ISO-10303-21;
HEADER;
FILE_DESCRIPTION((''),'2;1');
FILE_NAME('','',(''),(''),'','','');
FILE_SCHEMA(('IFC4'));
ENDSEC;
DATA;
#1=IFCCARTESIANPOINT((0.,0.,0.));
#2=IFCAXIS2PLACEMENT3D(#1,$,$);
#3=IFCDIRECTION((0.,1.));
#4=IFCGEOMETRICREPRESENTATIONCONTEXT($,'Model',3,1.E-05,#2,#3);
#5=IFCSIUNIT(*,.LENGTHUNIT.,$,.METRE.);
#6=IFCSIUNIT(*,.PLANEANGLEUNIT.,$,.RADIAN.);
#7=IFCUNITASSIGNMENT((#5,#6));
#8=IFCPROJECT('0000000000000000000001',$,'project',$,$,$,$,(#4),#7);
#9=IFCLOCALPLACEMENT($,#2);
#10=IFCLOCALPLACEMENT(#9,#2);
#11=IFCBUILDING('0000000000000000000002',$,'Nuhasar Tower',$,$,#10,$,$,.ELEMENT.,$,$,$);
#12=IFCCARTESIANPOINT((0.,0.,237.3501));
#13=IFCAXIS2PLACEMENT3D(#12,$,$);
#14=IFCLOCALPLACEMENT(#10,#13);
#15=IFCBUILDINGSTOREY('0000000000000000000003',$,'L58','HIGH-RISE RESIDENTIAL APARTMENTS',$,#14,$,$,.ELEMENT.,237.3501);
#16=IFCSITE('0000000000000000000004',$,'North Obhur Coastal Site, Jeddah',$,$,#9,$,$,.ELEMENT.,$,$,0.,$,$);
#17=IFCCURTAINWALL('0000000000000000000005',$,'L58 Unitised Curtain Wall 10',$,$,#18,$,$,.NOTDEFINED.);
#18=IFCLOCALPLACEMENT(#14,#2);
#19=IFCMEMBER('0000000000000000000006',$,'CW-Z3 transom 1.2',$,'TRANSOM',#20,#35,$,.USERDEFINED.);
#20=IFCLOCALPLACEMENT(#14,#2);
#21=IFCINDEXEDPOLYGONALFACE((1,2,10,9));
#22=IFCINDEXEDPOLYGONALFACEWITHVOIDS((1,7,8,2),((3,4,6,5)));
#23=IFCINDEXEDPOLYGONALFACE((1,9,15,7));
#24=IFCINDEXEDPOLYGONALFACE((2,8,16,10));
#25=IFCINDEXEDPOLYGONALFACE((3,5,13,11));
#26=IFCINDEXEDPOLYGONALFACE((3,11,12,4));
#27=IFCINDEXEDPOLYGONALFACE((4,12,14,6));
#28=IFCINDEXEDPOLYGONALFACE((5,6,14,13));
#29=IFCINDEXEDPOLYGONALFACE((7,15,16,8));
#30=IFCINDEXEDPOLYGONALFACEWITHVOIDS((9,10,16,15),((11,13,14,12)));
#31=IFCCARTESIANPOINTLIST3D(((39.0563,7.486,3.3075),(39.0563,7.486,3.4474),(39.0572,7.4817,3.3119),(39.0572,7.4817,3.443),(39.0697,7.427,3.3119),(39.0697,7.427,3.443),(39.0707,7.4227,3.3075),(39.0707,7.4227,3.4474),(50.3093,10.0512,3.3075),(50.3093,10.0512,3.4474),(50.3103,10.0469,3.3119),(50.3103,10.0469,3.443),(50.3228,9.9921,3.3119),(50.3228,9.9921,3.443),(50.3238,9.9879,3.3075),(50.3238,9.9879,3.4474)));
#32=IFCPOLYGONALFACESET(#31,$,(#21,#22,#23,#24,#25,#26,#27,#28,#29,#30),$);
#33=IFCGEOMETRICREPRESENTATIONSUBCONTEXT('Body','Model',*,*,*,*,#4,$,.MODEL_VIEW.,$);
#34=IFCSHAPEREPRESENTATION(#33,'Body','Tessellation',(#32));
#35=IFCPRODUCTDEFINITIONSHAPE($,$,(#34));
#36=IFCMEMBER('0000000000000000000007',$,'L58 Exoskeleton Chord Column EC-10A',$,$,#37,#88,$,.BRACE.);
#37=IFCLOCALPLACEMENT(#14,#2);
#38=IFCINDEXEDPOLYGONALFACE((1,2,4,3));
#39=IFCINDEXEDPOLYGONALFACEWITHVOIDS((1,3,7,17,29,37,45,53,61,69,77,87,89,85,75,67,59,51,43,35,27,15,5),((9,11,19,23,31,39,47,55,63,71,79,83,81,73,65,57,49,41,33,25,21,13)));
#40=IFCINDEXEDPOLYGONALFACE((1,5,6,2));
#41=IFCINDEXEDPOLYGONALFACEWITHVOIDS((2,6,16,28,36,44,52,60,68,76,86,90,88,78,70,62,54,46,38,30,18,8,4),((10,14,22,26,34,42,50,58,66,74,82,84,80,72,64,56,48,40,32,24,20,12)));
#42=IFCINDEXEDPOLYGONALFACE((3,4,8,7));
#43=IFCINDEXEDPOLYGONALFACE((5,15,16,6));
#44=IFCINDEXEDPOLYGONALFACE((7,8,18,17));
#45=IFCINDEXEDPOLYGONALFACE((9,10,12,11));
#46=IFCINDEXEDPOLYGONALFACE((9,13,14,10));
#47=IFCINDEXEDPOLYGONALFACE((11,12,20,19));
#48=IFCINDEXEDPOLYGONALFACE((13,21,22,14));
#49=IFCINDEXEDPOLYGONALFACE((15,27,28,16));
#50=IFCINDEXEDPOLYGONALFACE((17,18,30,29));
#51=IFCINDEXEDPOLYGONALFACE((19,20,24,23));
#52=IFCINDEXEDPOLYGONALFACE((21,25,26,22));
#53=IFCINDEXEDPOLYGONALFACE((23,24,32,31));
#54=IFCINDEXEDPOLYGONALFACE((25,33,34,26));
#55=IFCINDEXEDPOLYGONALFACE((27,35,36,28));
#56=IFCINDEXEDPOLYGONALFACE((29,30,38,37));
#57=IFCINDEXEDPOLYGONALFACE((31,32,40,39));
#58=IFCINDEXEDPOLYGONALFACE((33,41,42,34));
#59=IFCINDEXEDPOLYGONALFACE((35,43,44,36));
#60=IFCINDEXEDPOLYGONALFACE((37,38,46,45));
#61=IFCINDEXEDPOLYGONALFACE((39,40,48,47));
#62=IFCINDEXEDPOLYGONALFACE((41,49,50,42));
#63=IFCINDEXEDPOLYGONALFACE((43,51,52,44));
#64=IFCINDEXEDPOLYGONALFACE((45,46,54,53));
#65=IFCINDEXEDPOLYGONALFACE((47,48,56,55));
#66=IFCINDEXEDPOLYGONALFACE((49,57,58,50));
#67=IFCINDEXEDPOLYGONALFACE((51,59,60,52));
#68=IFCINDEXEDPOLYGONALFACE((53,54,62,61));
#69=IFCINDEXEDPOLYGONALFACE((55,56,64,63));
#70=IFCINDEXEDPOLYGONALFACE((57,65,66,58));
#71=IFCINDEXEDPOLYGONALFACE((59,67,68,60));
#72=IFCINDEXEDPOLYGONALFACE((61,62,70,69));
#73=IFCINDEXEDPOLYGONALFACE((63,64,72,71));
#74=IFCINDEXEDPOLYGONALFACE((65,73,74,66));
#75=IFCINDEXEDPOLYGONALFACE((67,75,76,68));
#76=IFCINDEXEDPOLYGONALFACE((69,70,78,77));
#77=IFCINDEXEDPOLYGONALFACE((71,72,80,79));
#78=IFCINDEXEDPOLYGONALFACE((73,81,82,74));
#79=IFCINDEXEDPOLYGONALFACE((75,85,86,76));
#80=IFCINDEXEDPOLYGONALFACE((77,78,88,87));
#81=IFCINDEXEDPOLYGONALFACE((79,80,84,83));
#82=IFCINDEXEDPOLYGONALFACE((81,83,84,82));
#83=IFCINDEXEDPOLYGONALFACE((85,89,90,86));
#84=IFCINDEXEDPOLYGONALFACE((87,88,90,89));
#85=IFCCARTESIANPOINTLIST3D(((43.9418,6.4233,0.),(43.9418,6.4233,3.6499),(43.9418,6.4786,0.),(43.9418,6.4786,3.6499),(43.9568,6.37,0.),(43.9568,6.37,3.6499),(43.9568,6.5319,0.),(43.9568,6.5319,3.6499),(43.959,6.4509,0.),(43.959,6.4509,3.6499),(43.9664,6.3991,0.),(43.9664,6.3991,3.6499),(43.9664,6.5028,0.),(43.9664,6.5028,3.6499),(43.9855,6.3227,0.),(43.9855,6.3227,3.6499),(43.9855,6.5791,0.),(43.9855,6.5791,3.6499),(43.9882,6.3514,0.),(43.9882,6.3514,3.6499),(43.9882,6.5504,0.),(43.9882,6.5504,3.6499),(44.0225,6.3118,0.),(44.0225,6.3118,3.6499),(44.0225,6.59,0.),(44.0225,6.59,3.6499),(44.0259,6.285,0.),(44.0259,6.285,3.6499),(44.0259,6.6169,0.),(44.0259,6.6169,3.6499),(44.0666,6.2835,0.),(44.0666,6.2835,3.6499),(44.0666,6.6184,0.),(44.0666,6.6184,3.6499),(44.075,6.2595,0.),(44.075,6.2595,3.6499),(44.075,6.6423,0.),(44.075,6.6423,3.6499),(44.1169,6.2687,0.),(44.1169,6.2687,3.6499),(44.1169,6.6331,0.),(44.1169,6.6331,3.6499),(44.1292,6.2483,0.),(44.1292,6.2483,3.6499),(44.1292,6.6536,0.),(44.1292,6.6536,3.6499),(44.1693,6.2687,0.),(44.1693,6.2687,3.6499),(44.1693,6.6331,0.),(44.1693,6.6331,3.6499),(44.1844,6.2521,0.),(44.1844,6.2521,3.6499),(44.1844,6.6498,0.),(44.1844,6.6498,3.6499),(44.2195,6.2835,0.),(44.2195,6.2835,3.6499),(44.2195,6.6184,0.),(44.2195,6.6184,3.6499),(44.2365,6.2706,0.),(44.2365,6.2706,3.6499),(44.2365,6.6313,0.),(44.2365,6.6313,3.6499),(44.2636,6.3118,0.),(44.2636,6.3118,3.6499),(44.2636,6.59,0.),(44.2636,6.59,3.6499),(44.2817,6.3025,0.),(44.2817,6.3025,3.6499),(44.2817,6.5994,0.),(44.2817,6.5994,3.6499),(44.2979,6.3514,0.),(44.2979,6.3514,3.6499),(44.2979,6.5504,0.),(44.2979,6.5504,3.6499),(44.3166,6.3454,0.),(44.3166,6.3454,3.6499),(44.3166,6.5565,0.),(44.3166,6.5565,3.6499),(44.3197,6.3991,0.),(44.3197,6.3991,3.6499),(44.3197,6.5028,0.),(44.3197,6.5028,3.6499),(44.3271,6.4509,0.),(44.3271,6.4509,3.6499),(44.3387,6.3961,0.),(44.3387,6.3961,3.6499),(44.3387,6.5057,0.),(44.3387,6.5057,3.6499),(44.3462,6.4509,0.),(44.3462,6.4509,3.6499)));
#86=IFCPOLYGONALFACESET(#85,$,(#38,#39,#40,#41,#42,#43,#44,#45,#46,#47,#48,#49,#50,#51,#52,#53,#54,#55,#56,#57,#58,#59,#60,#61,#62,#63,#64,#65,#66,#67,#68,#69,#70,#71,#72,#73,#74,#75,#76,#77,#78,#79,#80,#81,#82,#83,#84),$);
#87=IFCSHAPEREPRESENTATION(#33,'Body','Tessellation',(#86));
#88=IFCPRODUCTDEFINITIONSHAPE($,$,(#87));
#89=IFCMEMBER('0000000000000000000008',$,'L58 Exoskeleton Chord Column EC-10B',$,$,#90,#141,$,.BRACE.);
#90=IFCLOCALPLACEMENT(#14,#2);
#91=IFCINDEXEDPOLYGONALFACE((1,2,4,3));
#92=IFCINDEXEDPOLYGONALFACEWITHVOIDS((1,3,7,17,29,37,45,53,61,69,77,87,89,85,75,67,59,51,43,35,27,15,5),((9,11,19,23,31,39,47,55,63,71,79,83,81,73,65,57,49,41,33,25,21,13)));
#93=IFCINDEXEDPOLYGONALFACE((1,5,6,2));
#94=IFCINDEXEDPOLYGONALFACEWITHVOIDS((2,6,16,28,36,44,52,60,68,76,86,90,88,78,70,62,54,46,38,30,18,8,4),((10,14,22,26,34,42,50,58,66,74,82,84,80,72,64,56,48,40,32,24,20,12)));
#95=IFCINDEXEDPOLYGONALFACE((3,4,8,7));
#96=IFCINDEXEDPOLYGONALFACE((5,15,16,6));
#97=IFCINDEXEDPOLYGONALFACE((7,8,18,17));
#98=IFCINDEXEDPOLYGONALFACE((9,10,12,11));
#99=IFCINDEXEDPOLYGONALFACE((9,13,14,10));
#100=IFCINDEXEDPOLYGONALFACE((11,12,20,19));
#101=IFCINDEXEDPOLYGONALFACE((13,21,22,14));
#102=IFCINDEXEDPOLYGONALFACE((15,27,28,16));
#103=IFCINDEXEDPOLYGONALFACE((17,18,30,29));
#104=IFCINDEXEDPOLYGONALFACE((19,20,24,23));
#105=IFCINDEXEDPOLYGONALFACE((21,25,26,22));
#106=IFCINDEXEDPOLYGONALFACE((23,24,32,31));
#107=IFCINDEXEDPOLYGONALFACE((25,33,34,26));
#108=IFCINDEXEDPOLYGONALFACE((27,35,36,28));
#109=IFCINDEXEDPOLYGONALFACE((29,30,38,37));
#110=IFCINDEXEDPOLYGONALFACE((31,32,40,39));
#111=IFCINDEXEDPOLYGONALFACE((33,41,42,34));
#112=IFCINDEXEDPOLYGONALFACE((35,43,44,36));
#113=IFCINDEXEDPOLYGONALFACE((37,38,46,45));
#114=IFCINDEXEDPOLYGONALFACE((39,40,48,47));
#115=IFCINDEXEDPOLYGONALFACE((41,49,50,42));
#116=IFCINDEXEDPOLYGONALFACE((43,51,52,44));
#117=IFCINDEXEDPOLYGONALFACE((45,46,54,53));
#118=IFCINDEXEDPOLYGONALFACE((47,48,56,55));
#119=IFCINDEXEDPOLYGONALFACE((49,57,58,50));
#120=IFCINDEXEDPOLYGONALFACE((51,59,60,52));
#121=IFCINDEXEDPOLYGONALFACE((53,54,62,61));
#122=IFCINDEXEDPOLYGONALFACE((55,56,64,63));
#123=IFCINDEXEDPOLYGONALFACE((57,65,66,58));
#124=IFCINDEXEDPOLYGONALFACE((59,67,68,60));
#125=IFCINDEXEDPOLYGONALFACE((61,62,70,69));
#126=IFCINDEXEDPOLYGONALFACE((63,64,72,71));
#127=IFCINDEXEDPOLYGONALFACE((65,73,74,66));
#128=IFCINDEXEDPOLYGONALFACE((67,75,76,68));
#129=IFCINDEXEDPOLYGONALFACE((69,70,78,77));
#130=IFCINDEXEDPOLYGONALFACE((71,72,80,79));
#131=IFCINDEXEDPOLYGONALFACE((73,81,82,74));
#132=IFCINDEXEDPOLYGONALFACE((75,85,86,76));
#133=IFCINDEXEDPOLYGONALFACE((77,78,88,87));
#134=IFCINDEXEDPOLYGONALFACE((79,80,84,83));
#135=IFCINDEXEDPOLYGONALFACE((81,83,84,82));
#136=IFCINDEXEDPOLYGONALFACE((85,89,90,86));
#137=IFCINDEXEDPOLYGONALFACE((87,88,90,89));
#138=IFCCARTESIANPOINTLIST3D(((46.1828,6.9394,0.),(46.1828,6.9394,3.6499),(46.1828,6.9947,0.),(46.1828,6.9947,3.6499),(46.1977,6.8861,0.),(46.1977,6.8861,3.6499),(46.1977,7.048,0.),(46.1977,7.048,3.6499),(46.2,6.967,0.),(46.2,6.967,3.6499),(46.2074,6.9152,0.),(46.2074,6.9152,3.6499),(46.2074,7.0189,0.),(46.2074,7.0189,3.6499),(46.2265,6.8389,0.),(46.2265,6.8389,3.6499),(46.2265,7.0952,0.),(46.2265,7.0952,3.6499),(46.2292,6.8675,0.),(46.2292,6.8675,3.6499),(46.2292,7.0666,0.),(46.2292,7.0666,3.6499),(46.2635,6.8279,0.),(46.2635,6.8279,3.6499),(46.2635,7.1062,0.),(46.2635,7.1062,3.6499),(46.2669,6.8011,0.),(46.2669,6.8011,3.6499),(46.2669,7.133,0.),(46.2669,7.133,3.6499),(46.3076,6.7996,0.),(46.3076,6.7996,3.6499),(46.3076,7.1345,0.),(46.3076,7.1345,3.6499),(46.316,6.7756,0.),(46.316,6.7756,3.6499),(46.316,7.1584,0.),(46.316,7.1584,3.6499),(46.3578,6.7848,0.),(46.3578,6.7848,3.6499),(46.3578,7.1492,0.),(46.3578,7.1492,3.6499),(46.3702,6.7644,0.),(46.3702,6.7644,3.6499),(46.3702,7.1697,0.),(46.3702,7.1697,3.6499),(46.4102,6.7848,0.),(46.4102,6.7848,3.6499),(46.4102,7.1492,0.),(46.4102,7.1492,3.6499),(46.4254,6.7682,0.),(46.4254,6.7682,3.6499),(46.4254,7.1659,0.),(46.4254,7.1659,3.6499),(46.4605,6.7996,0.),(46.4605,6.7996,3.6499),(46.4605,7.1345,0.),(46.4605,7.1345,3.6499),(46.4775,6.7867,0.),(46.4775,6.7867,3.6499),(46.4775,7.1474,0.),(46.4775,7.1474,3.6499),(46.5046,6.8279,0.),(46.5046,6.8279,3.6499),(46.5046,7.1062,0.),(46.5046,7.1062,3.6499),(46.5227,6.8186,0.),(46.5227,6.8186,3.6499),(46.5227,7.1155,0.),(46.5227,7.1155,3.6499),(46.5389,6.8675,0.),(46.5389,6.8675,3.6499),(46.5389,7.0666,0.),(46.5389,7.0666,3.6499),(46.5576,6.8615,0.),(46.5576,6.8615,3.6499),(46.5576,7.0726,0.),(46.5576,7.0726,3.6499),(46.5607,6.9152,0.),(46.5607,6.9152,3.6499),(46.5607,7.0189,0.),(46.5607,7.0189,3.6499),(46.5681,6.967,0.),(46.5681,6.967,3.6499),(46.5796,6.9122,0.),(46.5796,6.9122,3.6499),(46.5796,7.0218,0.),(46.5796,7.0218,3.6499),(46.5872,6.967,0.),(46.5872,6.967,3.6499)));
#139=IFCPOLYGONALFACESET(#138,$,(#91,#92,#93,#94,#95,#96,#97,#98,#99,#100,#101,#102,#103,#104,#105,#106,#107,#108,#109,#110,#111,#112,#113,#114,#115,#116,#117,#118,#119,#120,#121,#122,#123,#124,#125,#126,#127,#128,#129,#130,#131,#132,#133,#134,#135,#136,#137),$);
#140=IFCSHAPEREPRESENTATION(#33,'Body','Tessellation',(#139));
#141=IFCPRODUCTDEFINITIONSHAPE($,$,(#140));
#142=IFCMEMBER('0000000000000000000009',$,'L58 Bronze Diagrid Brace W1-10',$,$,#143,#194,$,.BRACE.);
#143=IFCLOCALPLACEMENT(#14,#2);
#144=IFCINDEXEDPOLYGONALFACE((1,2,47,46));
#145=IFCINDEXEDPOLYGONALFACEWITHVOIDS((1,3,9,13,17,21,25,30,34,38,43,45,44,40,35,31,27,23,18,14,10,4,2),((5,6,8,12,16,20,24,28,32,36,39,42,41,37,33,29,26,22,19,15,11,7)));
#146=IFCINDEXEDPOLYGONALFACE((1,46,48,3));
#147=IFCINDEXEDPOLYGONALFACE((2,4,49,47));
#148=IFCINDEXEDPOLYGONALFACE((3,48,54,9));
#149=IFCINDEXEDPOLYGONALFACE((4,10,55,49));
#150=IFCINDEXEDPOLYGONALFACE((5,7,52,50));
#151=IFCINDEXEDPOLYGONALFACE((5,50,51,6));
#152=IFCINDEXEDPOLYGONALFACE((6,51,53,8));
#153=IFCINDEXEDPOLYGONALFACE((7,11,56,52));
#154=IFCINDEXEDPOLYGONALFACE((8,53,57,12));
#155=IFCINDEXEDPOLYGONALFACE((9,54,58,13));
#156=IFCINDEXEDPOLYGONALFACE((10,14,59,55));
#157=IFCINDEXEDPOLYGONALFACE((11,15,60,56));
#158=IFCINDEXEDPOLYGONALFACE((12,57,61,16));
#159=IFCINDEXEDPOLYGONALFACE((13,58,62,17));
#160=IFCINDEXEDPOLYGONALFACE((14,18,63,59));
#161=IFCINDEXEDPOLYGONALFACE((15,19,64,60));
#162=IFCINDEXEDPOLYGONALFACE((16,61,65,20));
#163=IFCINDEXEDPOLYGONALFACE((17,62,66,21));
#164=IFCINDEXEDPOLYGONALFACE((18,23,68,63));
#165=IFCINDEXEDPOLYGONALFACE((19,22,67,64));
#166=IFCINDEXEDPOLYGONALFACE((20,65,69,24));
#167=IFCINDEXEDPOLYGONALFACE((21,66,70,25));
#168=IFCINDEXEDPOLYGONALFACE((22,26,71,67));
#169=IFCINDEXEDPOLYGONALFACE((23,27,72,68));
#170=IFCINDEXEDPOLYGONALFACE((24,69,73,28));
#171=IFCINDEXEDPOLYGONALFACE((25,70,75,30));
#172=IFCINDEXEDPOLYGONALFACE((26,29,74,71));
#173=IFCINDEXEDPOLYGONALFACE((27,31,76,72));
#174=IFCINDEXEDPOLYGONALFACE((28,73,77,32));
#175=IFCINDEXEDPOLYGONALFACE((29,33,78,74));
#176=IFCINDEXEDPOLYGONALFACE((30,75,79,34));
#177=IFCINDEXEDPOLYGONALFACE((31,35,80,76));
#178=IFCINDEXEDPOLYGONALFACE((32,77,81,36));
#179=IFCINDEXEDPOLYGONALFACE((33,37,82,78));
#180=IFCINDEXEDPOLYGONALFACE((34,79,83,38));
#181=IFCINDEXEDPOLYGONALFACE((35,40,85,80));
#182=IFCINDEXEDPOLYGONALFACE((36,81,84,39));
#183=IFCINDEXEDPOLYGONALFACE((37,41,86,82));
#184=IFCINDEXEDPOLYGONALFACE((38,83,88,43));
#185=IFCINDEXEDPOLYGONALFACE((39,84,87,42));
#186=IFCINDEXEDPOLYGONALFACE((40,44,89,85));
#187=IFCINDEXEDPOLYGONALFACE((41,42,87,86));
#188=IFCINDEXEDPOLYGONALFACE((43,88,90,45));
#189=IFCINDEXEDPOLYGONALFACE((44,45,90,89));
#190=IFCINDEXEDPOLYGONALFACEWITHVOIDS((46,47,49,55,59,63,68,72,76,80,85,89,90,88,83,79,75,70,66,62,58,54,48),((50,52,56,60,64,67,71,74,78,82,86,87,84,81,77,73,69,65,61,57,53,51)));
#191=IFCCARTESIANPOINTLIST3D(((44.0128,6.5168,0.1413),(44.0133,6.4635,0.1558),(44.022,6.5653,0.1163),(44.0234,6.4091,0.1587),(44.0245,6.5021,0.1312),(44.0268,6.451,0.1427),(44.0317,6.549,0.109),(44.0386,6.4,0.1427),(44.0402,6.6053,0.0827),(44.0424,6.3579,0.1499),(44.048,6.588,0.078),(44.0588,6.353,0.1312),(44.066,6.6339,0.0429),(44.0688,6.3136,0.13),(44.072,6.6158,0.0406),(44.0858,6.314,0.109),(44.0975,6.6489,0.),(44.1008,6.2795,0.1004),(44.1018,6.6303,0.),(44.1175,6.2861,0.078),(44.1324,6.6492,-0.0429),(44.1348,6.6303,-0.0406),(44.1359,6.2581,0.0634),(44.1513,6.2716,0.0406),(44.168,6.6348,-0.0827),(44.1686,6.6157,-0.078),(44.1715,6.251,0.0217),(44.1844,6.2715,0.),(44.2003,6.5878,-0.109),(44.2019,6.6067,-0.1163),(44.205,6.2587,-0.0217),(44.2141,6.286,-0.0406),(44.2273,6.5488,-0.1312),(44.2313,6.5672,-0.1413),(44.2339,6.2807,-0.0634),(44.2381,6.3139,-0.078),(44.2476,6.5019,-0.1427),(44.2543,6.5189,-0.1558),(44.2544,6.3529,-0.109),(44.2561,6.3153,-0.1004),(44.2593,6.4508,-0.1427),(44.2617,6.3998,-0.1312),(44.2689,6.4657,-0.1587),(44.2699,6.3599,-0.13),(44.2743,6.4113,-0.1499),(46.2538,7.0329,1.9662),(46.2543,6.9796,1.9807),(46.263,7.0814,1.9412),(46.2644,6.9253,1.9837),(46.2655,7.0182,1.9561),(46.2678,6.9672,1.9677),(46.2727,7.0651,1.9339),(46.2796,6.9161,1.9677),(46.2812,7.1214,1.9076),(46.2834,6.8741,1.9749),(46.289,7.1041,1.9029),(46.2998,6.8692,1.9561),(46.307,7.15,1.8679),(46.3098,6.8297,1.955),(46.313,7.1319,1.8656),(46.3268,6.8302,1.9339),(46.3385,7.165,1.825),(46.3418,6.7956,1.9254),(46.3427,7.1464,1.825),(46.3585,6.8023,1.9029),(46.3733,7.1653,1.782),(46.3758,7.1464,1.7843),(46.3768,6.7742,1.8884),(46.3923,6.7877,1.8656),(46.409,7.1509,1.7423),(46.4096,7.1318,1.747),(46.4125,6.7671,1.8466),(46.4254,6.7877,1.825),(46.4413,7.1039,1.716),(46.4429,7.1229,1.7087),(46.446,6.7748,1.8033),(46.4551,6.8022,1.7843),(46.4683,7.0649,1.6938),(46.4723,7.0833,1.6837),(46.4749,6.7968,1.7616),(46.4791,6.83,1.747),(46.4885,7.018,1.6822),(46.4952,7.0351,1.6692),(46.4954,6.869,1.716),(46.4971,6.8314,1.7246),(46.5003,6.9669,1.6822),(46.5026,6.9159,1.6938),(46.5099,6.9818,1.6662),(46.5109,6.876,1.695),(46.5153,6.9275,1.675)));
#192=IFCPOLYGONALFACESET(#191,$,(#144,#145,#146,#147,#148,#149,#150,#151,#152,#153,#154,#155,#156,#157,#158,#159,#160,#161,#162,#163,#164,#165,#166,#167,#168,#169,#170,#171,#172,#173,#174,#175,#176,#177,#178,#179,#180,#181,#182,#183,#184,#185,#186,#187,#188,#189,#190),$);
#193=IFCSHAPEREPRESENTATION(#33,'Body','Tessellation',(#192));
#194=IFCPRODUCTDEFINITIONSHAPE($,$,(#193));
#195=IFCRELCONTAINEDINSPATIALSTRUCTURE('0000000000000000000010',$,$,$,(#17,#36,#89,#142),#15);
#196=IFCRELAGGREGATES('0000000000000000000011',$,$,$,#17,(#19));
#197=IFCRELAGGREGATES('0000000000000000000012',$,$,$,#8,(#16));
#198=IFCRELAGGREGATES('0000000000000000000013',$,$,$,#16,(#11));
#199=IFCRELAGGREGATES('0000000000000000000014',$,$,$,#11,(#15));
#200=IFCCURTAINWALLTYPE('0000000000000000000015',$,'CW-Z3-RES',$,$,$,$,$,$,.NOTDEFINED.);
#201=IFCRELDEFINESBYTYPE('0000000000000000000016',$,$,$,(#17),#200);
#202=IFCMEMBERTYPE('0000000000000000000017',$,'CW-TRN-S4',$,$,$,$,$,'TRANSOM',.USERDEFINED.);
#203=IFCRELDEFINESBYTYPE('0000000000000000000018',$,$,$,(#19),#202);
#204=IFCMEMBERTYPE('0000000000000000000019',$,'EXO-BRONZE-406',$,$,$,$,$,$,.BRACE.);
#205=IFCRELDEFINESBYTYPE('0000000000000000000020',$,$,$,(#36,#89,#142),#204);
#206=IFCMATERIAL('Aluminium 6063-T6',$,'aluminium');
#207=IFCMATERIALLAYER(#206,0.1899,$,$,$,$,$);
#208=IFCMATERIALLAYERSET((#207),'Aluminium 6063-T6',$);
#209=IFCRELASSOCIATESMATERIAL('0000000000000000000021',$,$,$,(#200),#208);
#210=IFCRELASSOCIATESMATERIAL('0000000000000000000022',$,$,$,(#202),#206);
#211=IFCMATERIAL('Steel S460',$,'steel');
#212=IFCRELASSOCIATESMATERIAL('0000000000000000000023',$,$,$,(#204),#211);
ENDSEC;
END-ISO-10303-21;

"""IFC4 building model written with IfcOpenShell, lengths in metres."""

from ifc_helpers import new_model, si_unit, direction, frame, origin, origin_2d, place, context, subcontext, project, spatial, hollow_rectangle, hollow_circle, extrude, material, layer, layer_set, material_profile, profile_set, type_object, element, aggregate, save


model = new_model("IFC4")

# Units and contexts
model_context = context("Model", 3, precision=1e-05, world=origin(), true_north=direction((0.0, 1.0)))
body_context = subcontext(model_context, "Body", "Model", "MODEL_VIEW")
ifc_project = project(units=[si_unit("LENGTHUNIT", "METRE"), si_unit("PLANEANGLEUNIT", "RADIAN")], contexts=[model_context])

# Site, building, storey
site_placement = place(None, origin())
site = spatial("IfcSite", under=ifc_project, at=site_placement, Name="North Obhur Coastal Site, Jeddah", CompositionType="ELEMENT", RefElevation=0.0)
building_placement = place(site_placement, origin())
building = spatial("IfcBuilding", under=site, at=building_placement, Name="Nuhasar Tower", CompositionType="ELEMENT")
storey_placement = place(building_placement, frame((0.0, 0.0, 237.3501)))
storey = spatial("IfcBuildingStorey", under=building, at=storey_placement, Name="L58", Description="HIGH-RISE RESIDENTIAL APARTMENTS", CompositionType="ELEMENT", Elevation=237.3501)

# Curtain wall, member
ifc_material_1 = material(Name="Aluminium 6063-T6", Category="aluminium")
ifc_layer_1 = layer(ifc_material_1, 0.1899)
ifc_layer_set_1 = layer_set([ifc_layer_1], Name="Aluminium 6063-T6")
curtain_wall_type = type_object("IfcCurtainWallType", Name="CW-Z3-RES", PredefinedType="NOTDEFINED", material=ifc_layer_set_1)
curtain_wall_placement = place(storey_placement, origin())
curtain_wall = element("IfcCurtainWall", 1, at=curtain_wall_placement, inside=storey, type_object=curtain_wall_type, Name="L58 Unitised Curtain Wall 10", PredefinedType="NOTDEFINED")
ifc_material_profile_1 = material_profile(ifc_material_1, hollow_rectangle(XDim=0.0649, YDim=0.1399, WallThickness=0.0044, at=origin_2d()), Name="CWT-4")
ifc_profile_set_1 = profile_set([ifc_material_profile_1], Name="Aluminium 6063-T6")
member_type_1 = type_object("IfcMemberType", Name="CW-TRN-S4", ElementType="TRANSOM", PredefinedType="USERDEFINED", material=ifc_profile_set_1)
member_1_placement = place(storey_placement, frame((39.0635, 7.4543, 3.3774), z_axis=(0.974989, 0.222251, 0.0), x_axis=(-0.222251, 0.974989, 0.0)))
member_1 = element("IfcMember", 2, at=member_1_placement, type_object=member_type_1, Name="CW-Z3 transom 1.2", ObjectType="TRANSOM", PredefinedType="USERDEFINED", context=body_context, shape_type="SweptSolid", body=[
    extrude(hollow_rectangle(XDim=0.0649, YDim=0.1399, WallThickness=0.0044, at=origin_2d()), origin(), (0.0, 0.0, 1.0), 11.5417),
])

# Members
ifc_material_2 = material(Name="Steel S460", Category="steel")
ifc_material_profile_2 = material_profile(ifc_material_2, hollow_circle(Radius=0.2031, WallThickness=0.019, at=origin_2d()), Name="HSS406.4X19.1")
ifc_profile_set_2 = profile_set([ifc_material_profile_2], Name="Steel S460")
member_type_2 = type_object("IfcMemberType", Name="EXO-BRONZE-406", PredefinedType="BRACE", material=ifc_profile_set_2)
for number, where, z_axis, x_axis, name in (
    (3, (44.1431, 6.4509, 0.0), (0.0, 0.0, 1.0), (1.0, 0.0, 0.0), "L58 Exoskeleton Chord Column EC-10A"),
    (4, (46.384, 6.967, 0.0), (0.0, 0.0, 1.0), (1.0, 0.0, 0.0), "L58 Exoskeleton Chord Column EC-10B"),
):
    element("IfcMember", number, at=place(storey_placement, frame(where, z_axis=z_axis, x_axis=x_axis)), inside=storey, type_object=member_type_2, Name=name, PredefinedType="BRACE", context=body_context, shape_type="SweptSolid", body=[
        extrude(hollow_circle(Radius=0.2031, WallThickness=0.019, at=origin_2d()), origin(), (0.0, 0.0, 1.0), 3.6499),
    ])
for number, where, z_axis, x_axis, name in (
    (5, (44.1431, 6.4509, 0.0), (0.763332, 0.175802, 0.621626), (-0.224433, 0.97449, 0.0), "L58 Bronze Diagrid Brace W1-10"),
):
    element("IfcMember", number, at=place(storey_placement, frame(where, z_axis=z_axis, x_axis=x_axis)), inside=storey, type_object=member_type_2, Name=name, PredefinedType="BRACE", context=body_context, shape_type="SweptSolid", body=[
        extrude(hollow_circle(Radius=0.2031, WallThickness=0.019, at=origin_2d()), origin(), (0.0, 0.0, 1.0), 2.9358),
    ])

aggregate(curtain_wall, [member_1])

save(model, "model.ifc")
